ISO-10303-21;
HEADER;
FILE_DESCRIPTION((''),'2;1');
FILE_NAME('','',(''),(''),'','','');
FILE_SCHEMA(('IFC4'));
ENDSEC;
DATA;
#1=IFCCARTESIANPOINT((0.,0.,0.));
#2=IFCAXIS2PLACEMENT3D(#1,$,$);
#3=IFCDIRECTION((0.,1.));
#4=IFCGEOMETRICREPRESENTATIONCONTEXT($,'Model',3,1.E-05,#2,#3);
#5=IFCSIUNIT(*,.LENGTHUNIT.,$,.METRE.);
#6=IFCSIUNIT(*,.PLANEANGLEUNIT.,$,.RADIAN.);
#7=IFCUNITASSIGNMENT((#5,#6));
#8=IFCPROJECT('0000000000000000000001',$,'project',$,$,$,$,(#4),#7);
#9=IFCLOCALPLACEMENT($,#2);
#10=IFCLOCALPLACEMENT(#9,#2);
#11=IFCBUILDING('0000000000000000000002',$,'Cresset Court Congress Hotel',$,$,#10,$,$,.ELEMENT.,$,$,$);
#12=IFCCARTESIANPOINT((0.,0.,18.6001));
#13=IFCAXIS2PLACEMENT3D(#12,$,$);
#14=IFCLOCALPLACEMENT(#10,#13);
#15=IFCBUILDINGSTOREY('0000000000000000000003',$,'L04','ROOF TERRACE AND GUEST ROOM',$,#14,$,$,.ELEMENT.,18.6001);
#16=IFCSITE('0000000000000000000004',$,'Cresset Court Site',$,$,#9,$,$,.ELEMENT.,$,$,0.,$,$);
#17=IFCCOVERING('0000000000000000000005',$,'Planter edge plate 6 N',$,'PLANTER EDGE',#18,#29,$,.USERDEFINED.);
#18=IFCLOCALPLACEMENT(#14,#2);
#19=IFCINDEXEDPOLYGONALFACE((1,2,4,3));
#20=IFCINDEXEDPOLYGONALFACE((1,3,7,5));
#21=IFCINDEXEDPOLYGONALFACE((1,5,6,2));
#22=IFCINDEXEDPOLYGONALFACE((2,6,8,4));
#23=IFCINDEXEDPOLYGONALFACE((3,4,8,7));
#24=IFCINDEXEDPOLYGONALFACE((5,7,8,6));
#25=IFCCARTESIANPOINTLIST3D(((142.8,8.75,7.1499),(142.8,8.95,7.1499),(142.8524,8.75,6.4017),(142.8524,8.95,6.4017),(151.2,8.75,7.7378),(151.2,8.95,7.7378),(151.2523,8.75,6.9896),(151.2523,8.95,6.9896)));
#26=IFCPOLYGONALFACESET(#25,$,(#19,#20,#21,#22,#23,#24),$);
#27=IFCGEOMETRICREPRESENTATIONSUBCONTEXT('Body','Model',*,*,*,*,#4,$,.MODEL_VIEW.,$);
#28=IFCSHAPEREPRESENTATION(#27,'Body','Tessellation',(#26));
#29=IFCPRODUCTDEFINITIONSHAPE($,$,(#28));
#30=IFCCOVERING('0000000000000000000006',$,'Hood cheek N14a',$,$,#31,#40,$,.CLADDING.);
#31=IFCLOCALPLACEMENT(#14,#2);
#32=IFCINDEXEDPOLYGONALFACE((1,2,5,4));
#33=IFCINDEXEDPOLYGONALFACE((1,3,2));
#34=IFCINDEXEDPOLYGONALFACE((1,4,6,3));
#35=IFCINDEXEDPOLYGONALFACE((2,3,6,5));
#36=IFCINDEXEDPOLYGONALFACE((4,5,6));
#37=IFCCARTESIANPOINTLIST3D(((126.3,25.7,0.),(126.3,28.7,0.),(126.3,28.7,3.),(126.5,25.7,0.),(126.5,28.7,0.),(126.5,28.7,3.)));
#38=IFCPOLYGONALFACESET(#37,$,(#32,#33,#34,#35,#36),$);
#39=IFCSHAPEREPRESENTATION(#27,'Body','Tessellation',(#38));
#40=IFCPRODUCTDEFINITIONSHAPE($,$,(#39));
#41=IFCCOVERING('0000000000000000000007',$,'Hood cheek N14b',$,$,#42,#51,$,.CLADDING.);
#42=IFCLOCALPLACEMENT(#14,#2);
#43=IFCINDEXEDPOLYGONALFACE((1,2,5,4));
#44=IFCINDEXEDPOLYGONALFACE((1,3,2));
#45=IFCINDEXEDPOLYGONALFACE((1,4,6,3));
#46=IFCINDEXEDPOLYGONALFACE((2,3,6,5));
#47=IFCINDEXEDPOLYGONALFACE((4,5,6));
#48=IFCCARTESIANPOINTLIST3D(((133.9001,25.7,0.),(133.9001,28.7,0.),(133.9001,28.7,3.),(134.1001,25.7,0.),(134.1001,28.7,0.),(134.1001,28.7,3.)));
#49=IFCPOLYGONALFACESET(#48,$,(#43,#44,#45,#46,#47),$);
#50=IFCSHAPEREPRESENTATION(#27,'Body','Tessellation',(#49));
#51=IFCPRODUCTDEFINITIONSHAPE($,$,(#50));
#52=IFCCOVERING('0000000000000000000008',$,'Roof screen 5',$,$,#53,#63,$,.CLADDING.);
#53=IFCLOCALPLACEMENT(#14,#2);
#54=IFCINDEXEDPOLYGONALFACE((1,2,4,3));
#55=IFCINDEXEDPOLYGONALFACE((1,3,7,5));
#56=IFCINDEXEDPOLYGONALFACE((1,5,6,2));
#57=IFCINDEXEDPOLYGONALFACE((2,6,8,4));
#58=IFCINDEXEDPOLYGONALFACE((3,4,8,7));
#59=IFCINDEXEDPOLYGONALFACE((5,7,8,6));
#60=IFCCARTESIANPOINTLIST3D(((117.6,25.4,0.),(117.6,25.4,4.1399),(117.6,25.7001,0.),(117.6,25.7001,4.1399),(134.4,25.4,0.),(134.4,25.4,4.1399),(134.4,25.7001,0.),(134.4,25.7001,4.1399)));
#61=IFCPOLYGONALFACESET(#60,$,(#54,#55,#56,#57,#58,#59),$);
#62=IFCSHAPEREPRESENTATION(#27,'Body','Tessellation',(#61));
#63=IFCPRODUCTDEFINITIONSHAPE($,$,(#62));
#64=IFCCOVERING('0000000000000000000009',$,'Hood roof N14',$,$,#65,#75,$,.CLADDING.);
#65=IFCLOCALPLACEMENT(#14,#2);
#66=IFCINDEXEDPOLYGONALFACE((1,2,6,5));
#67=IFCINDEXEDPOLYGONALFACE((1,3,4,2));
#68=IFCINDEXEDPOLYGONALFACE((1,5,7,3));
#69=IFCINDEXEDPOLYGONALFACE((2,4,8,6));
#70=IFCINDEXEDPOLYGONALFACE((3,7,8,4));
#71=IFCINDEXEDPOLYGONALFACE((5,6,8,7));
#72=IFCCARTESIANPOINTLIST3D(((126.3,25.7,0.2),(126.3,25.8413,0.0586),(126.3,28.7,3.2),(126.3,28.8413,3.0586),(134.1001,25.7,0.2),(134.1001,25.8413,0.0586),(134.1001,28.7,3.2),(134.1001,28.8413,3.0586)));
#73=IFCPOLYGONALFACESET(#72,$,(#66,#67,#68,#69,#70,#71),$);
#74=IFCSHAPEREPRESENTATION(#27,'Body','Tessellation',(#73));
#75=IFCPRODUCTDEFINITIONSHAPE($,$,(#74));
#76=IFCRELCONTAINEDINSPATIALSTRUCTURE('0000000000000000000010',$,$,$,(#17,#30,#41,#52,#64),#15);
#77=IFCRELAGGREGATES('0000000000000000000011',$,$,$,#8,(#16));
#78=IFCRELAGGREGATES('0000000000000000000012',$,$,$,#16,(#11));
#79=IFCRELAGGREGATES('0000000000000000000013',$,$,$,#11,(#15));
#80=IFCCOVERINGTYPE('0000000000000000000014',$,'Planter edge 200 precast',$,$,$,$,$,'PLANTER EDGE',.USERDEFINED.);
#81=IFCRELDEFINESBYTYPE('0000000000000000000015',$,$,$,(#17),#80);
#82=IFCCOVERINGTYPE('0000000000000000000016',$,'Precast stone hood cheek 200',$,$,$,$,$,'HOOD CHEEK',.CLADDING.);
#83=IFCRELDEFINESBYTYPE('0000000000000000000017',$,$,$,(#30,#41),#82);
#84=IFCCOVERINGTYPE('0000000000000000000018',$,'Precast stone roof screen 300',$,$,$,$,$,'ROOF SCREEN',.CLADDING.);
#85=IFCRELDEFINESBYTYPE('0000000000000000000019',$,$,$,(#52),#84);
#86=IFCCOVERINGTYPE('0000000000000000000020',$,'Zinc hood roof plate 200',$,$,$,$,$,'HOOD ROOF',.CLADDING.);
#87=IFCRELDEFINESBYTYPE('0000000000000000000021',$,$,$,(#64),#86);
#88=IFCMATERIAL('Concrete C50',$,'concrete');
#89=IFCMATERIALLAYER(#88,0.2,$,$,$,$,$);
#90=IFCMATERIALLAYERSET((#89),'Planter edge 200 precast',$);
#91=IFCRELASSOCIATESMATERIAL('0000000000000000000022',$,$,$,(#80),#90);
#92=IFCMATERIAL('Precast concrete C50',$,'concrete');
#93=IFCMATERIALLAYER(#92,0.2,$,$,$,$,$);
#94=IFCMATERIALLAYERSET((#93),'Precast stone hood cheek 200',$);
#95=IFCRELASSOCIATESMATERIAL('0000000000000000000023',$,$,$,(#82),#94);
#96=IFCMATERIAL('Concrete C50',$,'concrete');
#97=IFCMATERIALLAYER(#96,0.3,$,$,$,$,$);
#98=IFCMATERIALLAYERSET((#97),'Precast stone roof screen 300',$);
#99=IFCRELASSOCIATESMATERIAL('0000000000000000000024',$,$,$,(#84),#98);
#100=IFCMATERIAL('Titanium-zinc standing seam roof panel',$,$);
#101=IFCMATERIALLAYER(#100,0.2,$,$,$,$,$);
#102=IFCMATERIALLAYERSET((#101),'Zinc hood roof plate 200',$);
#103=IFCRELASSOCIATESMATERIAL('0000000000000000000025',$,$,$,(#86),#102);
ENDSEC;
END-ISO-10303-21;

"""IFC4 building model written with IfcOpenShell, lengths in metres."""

from ifc_helpers import new_model, si_unit, direction, frame, origin, origin_2d, place, context, subcontext, project, spatial, polyline, rectangle, outline, extrude, material, layer, layer_set, type_object, element, save


model = new_model("IFC4")

# Units and contexts
model_context = context("Model", 3, precision=1e-05, world=origin(), true_north=direction((0.0, 1.0)))
body_context = subcontext(model_context, "Body", "Model", "MODEL_VIEW")
ifc_project = project(units=[si_unit("LENGTHUNIT", "METRE"), si_unit("PLANEANGLEUNIT", "RADIAN")], contexts=[model_context])

# Site, building, storey
site_placement = place(None, origin())
site = spatial("IfcSite", under=ifc_project, at=site_placement, Name="Cresset Court Site", CompositionType="ELEMENT", RefElevation=0.0)
building_placement = place(site_placement, origin())
building = spatial("IfcBuilding", under=site, at=building_placement, Name="Cresset Court Congress Hotel", CompositionType="ELEMENT")
storey_placement = place(building_placement, frame((0.0, 0.0, 18.6001)))
storey = spatial("IfcBuildingStorey", under=building, at=storey_placement, Name="L04", Description="ROOF TERRACE AND GUEST ROOM", CompositionType="ELEMENT", Elevation=18.6001)

# Coverings
ifc_material_1 = material(Name="Concrete C50", Category="concrete")
ifc_layer_1 = layer(ifc_material_1, 0.2)
ifc_layer_set_1 = layer_set([ifc_layer_1], Name="Planter edge 200 precast")
covering_type_1 = type_object("IfcCoveringType", Name="Planter edge 200 precast", ElementType="PLANTER EDGE", PredefinedType="USERDEFINED", material=ifc_layer_set_1)
covering_1_placement = place(storey_placement, frame((142.8, 8.75, 7.1499), z_axis=(-0.069817, 0.0, 0.99756), x_axis=(0.99756, 0.0, 0.069817)))
element("IfcCovering", 1, at=covering_1_placement, inside=storey, type_object=covering_type_1, Name="Planter edge plate 6 N", ObjectType="PLANTER EDGE", PredefinedType="USERDEFINED", context=body_context, shape_type="SweptSolid", body=[
    extrude(outline(polyline([(0.0, 0.0), (8.4204, 0.0), (8.4204, 0.2), (0.0, 0.2), (0.0, 0.0)])), origin(), (0.0, 0.0, -1.0), 0.75),
])
ifc_material_2 = material(Name="Precast concrete C50", Category="concrete")
ifc_layer_2 = layer(ifc_material_2, 0.2)
ifc_layer_set_2 = layer_set([ifc_layer_2], Name="Precast stone hood cheek 200")
covering_type_2 = type_object("IfcCoveringType", Name="Precast stone hood cheek 200", ElementType="HOOD CHEEK", PredefinedType="CLADDING", material=ifc_layer_set_2)
for number, where, z_axis, x_axis, name in (
    (2, (126.5, 25.7, 0.0), (1.0, 0.0, 0.0), (0.0, 1.0, 0.0), "Hood cheek N14a"),
    (3, (134.1001, 25.7, 0.0), (1.0, 0.0, 0.0), (0.0, 1.0, 0.0), "Hood cheek N14b"),
):
    element("IfcCovering", number, at=place(storey_placement, frame(where, z_axis=z_axis, x_axis=x_axis)), inside=storey, type_object=covering_type_2, Name=name, PredefinedType="CLADDING", context=body_context, shape_type="SweptSolid", body=[
        extrude(outline(polyline([(0.0, 0.0), (3.0, 0.0), (3.0, 3.0), (0.0, 0.0)])), origin(), (0.0, 0.0, -1.0), 0.2),
    ])
ifc_material_3 = material(Name="Concrete C50", Category="concrete")
ifc_layer_3 = layer(ifc_material_3, 0.3)
ifc_layer_set_3 = layer_set([ifc_layer_3], Name="Precast stone roof screen 300")
covering_type_3 = type_object("IfcCoveringType", Name="Precast stone roof screen 300", ElementType="ROOF SCREEN", PredefinedType="CLADDING", material=ifc_layer_set_3)
covering_2_placement = place(storey_placement, frame((126.0, 25.55, 0.0), z_axis=(0.0, 0.0, 1.0), x_axis=(1.0, 0.0, 0.0)))
element("IfcCovering", 4, at=covering_2_placement, inside=storey, type_object=covering_type_3, Name="Roof screen 5", PredefinedType="CLADDING", context=body_context, shape_type="SweptSolid", body=[
    extrude(rectangle(XDim=16.8, YDim=0.3, at=origin_2d()), origin(), (0.0, 0.0, 1.0), 4.1399),
])
ifc_material_4 = material(Name="Titanium-zinc standing seam roof panel")
ifc_layer_4 = layer(ifc_material_4, 0.2)
ifc_layer_set_4 = layer_set([ifc_layer_4], Name="Zinc hood roof plate 200")
covering_type_4 = type_object("IfcCoveringType", Name="Zinc hood roof plate 200", ElementType="HOOD ROOF", PredefinedType="CLADDING", material=ifc_layer_set_4)
covering_3_placement = place(storey_placement, frame((126.3, 25.7, 0.2), z_axis=(0.0, -0.707107, 0.707107), x_axis=(1.0, 0.0, 0.0)))
element("IfcCovering", 5, at=covering_3_placement, inside=storey, type_object=covering_type_4, Name="Hood roof N14", PredefinedType="CLADDING", context=body_context, shape_type="SweptSolid", body=[
    extrude(outline(polyline([(0.0, 0.0), (7.8, 0.0), (7.8, 4.2426), (0.0, 4.2426), (0.0, 0.0)])), origin(), (0.0, 0.0, -1.0), 0.2),
])

save(model, "model.ifc")
